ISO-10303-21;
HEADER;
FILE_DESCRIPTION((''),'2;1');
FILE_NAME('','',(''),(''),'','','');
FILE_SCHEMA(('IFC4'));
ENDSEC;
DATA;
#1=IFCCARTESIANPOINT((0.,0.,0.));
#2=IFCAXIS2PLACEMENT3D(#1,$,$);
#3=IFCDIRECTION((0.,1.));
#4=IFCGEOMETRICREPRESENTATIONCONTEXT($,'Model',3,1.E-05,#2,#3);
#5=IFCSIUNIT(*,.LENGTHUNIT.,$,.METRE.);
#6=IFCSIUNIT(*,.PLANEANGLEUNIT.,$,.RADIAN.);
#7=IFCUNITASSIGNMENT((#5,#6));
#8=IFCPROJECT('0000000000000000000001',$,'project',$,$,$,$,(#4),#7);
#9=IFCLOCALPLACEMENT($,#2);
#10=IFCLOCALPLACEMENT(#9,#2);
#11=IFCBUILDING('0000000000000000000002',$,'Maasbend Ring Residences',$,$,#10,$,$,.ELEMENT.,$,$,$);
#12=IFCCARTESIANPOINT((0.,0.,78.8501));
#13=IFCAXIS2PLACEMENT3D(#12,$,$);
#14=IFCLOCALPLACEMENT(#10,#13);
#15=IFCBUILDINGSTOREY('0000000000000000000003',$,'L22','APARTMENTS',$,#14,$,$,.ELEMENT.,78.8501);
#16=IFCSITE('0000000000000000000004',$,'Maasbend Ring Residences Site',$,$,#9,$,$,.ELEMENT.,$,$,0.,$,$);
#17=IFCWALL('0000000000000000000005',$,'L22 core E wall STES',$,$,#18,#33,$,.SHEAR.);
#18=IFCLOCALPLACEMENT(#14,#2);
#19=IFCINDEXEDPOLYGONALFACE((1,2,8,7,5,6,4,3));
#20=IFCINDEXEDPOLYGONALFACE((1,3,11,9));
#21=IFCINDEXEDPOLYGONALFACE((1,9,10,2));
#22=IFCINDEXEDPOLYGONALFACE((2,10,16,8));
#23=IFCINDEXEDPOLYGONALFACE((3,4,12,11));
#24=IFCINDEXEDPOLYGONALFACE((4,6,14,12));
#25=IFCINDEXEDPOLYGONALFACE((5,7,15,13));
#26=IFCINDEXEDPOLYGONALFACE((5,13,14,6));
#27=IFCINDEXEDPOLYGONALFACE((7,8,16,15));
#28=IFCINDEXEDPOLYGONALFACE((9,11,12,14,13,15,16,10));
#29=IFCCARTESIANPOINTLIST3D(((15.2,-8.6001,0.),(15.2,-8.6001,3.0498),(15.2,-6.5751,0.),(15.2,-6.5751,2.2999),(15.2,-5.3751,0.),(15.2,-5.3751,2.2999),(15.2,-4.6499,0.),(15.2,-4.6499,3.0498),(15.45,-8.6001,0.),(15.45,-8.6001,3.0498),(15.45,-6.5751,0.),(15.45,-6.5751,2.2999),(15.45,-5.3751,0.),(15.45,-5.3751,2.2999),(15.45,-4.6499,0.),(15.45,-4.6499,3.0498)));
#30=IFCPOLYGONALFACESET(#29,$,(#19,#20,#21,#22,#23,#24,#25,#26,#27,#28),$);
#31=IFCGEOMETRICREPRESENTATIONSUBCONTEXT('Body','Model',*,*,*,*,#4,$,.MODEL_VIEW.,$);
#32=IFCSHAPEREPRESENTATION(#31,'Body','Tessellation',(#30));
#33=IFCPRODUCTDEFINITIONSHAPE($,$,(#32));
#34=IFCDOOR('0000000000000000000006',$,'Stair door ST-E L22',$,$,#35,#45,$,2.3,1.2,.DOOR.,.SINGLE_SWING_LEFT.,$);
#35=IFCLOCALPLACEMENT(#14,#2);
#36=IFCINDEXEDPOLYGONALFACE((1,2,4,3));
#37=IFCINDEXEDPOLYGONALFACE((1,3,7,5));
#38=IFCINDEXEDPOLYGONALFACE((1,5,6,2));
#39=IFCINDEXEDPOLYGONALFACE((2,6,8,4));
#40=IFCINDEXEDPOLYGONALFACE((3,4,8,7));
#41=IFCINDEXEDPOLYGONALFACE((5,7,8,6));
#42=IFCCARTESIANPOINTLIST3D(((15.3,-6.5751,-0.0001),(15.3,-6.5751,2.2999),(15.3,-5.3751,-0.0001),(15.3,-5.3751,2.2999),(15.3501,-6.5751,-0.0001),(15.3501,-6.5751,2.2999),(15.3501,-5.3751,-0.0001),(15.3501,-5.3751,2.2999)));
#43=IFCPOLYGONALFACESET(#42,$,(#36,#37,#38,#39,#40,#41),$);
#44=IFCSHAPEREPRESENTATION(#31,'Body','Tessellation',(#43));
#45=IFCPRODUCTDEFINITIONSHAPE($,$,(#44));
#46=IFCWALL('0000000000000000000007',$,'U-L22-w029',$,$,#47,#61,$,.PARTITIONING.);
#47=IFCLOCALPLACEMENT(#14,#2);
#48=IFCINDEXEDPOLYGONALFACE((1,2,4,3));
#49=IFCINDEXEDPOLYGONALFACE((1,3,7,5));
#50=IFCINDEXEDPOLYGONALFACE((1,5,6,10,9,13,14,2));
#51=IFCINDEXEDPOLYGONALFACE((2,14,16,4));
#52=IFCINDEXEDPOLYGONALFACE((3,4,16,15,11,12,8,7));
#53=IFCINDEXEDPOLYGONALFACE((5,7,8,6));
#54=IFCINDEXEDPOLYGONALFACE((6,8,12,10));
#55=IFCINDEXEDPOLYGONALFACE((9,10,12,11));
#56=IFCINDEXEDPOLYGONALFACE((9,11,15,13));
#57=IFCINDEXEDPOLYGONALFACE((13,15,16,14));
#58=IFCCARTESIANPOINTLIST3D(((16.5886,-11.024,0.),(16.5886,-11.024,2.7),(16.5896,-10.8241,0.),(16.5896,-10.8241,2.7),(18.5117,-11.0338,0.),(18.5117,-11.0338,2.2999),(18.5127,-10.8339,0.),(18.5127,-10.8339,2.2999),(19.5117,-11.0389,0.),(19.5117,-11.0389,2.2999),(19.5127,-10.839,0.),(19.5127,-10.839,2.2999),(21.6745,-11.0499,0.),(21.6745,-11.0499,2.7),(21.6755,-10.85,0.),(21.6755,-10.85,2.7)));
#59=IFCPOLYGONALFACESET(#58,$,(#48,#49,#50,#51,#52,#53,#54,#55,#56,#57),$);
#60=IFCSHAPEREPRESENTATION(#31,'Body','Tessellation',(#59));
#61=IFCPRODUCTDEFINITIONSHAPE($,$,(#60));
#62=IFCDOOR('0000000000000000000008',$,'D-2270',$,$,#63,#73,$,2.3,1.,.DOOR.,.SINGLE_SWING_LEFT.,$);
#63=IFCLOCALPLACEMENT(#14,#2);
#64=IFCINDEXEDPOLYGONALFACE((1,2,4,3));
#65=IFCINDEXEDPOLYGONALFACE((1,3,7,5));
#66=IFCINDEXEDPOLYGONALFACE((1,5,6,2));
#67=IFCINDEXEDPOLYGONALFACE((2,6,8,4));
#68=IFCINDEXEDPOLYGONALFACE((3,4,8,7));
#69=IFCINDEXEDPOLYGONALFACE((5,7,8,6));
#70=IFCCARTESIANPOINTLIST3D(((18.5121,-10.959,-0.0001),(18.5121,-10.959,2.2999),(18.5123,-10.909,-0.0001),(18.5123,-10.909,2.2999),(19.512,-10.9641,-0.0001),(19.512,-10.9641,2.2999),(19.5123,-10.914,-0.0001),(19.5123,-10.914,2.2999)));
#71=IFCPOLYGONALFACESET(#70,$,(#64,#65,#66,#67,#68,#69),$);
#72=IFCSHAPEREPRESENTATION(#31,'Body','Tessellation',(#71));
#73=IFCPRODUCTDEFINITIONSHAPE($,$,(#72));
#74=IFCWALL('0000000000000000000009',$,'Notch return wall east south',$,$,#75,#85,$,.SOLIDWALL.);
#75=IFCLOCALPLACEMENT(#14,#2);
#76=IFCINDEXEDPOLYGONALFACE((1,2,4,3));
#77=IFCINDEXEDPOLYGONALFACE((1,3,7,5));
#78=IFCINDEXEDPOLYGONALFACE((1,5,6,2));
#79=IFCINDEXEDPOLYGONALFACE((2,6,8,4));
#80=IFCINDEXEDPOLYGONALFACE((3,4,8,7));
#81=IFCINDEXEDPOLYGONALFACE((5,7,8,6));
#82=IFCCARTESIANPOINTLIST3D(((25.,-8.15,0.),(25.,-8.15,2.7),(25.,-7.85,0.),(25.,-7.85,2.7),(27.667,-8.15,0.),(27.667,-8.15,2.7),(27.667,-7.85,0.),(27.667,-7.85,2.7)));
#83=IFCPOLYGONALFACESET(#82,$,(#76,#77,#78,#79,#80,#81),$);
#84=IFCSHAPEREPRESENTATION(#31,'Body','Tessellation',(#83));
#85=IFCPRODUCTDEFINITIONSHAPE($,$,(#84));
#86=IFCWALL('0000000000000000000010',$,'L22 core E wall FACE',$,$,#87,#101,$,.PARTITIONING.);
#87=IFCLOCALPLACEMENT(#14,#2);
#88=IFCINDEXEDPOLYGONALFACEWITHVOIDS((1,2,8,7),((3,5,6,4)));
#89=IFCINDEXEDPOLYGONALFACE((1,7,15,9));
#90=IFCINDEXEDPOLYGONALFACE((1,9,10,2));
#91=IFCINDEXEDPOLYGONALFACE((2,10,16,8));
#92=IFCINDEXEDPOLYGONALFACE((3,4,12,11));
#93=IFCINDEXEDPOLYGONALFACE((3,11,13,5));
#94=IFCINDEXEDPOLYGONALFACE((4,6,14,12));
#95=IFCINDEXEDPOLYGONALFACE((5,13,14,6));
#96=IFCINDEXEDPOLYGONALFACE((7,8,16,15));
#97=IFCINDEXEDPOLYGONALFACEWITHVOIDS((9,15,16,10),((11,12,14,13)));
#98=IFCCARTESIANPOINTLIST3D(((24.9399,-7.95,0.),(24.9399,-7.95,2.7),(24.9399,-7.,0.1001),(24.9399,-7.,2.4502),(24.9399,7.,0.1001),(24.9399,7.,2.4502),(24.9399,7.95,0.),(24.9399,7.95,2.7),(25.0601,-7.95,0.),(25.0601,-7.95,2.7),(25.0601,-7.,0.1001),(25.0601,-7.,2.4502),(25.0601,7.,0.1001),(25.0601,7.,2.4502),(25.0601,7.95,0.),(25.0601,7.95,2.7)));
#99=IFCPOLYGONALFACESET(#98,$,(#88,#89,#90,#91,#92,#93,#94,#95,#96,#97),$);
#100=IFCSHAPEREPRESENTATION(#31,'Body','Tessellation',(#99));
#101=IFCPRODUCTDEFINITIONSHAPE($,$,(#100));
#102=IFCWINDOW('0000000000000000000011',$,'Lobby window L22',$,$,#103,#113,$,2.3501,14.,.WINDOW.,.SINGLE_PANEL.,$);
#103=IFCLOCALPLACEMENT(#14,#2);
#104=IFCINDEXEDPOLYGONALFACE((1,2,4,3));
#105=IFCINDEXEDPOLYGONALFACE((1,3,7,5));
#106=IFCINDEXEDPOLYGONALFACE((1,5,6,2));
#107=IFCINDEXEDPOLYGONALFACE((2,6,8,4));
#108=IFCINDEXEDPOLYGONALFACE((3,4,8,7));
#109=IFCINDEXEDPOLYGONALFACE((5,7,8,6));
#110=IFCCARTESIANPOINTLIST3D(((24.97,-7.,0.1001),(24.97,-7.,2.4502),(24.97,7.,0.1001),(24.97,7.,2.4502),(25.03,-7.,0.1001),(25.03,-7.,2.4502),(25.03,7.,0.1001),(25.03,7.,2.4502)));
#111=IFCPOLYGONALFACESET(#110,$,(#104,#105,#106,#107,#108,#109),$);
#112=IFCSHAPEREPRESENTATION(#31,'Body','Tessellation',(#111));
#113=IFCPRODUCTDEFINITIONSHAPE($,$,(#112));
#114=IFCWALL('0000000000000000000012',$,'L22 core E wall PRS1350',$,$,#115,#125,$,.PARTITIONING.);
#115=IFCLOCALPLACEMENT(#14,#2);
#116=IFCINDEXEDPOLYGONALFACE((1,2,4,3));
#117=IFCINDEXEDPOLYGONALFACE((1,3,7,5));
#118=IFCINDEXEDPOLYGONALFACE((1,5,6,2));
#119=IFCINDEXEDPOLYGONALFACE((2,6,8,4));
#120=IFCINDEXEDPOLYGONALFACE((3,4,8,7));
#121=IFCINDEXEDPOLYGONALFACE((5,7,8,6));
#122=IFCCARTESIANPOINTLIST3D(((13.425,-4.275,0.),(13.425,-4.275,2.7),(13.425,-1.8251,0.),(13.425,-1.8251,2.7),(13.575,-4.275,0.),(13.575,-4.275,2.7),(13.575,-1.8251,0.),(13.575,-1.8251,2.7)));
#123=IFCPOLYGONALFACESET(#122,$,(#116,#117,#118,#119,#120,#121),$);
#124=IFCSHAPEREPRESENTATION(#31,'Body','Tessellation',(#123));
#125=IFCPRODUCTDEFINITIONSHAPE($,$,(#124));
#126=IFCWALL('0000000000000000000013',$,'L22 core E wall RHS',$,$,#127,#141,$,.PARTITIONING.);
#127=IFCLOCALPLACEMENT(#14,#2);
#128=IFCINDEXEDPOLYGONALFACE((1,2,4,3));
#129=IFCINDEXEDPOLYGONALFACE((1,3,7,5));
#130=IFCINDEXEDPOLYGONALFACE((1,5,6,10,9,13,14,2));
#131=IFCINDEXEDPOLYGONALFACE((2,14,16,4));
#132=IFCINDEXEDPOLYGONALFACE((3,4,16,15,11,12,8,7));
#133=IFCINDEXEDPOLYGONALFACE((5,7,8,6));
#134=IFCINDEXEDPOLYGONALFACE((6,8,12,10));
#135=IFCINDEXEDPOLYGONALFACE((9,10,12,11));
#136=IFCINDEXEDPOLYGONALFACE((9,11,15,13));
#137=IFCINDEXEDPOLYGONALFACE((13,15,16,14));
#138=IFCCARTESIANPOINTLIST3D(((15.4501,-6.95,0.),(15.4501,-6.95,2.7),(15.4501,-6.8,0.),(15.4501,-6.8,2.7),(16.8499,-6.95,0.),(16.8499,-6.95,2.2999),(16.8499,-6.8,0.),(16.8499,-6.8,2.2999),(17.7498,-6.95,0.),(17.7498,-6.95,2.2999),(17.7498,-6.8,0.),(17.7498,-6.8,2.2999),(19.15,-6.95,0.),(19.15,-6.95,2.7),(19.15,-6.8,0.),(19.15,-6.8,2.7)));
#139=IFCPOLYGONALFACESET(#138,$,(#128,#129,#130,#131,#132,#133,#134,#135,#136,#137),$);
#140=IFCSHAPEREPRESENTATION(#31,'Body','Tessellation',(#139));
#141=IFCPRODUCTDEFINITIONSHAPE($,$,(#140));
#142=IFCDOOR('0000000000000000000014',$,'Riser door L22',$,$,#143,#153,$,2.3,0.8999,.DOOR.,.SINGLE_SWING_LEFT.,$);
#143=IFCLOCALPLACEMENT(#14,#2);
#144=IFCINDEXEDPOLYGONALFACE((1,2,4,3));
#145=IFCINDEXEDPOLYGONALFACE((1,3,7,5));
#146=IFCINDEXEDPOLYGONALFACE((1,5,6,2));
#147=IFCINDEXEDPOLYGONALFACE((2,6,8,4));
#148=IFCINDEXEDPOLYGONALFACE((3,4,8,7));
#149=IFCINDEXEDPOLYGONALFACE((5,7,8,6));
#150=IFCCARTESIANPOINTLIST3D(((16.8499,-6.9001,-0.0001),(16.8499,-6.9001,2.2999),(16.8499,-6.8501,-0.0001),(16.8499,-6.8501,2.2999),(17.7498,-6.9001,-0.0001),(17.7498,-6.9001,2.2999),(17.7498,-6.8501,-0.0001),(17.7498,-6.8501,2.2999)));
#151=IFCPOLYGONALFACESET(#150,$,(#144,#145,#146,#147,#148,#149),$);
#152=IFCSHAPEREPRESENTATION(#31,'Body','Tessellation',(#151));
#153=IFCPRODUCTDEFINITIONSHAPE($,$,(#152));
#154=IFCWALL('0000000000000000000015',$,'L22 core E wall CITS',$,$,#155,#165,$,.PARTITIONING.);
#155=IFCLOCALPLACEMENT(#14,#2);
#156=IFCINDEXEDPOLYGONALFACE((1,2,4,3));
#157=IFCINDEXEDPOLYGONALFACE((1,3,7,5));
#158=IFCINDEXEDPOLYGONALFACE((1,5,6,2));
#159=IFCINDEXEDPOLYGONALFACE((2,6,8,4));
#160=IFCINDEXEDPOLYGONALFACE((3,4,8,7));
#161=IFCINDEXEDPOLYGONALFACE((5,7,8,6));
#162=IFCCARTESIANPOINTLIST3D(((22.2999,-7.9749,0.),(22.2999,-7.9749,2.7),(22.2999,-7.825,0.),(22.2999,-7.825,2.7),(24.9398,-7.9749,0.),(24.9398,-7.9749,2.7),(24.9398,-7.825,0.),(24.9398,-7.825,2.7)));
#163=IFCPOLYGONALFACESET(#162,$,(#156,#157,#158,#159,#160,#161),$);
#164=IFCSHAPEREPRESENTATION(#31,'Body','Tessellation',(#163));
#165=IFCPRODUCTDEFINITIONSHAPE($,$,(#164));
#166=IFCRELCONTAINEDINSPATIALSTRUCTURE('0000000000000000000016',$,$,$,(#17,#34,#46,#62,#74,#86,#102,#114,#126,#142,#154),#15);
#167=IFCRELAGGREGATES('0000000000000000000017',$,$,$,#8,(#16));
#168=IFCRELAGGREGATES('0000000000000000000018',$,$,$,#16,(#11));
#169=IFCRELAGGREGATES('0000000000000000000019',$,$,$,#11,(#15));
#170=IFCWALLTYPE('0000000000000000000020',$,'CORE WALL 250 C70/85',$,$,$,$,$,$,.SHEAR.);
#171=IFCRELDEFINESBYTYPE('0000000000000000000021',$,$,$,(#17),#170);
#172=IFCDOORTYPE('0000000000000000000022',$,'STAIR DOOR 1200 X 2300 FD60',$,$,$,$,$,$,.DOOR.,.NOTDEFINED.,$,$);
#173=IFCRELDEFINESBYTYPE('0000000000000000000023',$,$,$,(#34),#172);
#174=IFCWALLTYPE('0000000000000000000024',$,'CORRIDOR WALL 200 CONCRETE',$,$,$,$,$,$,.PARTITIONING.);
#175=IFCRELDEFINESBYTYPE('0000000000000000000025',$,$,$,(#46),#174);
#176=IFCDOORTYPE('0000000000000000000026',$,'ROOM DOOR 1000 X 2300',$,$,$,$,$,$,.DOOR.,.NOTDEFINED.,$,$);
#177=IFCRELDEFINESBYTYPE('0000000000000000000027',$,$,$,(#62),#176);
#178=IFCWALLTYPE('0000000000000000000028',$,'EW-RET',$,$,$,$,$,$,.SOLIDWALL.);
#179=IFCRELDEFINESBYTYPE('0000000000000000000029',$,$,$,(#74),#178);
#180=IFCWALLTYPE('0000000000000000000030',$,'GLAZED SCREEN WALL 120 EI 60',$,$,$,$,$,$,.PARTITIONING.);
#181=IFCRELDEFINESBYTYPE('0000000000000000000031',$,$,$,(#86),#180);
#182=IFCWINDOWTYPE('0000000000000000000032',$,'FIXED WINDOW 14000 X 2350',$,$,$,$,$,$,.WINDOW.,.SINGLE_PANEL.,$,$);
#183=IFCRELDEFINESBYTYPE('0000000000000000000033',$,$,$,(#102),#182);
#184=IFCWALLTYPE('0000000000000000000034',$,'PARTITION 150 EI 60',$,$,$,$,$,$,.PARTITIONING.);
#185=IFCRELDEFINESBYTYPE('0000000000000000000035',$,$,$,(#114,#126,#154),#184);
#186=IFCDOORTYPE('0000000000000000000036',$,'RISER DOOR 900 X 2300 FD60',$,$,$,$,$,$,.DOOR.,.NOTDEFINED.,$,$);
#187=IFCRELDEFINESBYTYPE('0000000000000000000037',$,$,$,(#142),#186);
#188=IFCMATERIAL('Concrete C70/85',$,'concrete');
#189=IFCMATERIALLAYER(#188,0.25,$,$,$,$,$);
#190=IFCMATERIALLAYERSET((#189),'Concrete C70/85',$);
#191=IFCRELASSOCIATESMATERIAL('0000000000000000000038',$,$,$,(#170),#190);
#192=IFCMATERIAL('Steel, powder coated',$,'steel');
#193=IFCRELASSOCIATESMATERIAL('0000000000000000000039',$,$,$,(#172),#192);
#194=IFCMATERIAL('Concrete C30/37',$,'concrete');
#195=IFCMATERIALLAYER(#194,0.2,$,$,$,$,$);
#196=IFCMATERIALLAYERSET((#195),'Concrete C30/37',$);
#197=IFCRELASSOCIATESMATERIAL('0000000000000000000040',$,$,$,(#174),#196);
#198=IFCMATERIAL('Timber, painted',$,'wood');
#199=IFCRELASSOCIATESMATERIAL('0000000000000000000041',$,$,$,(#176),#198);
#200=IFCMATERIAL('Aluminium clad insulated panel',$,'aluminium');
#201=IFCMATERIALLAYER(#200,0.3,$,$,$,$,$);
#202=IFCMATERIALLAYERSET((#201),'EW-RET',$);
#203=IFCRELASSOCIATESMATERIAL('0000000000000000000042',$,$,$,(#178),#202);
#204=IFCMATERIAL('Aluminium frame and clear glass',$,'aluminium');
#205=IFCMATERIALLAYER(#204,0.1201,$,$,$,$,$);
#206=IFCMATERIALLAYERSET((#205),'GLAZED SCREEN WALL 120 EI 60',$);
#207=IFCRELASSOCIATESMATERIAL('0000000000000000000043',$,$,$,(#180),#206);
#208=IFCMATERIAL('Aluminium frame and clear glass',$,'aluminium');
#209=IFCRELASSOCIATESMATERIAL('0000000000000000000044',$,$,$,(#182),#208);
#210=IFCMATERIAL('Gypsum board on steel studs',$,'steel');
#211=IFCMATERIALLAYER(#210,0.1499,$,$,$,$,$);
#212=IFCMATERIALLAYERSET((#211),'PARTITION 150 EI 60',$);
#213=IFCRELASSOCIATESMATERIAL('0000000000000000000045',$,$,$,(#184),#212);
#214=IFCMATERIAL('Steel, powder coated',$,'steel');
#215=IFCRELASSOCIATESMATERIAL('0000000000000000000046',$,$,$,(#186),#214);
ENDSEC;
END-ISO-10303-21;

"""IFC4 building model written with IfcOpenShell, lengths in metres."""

from ifc_helpers import new_model, si_unit, direction, frame, frame_2d, origin, place, context, subcontext, project, spatial, rectangle, extrude, material, layer, layer_set, type_object, element, fill, save


model = new_model("IFC4")

# Units and contexts
model_context = context("Model", 3, precision=1e-05, world=origin(), true_north=direction((0.0, 1.0)))
body_context = subcontext(model_context, "Body", "Model", "MODEL_VIEW")
ifc_project = project(units=[si_unit("LENGTHUNIT", "METRE"), si_unit("PLANEANGLEUNIT", "RADIAN")], contexts=[model_context])

# Site, building, storey
site_placement = place(None, origin())
site = spatial("IfcSite", under=ifc_project, at=site_placement, Name="Maasbend Ring Residences Site", CompositionType="ELEMENT", RefElevation=0.0)
building_placement = place(site_placement, origin())
building = spatial("IfcBuilding", under=site, at=building_placement, Name="Maasbend Ring Residences", CompositionType="ELEMENT")
storey_placement = place(building_placement, frame((0.0, 0.0, 78.8501)))
storey = spatial("IfcBuildingStorey", under=building, at=storey_placement, Name="L22", Description="APARTMENTS", CompositionType="ELEMENT", Elevation=78.8501)

# Shared definitions
ifc_material_1 = material(Name="Concrete C70/85", Category="concrete")
ifc_layer_1 = layer(ifc_material_1, 0.25)
ifc_layer_set_1 = layer_set([ifc_layer_1], Name="Concrete C70/85")
wall_type_1 = type_object("IfcWallType", Name="CORE WALL 250 C70/85", PredefinedType="SHEAR", material=ifc_layer_set_1)

# Walls, openings, doors
wall_1_placement = place(storey_placement, frame((15.325, -8.6001, 0.0), z_axis=(0.0, 0.0, 1.0), x_axis=(0.0, 1.0, 0.0)))
wall_1 = element("IfcWall", 1, at=wall_1_placement, inside=storey, type_object=wall_type_1, Name="L22 core E wall STES", PredefinedType="SHEAR", context=body_context, shape_type="SweptSolid", body=[
    extrude(rectangle(XDim=3.9502, YDim=0.25, at=frame_2d((1.9751, 0.0))), origin(), (0.0, 0.0, 1.0), 3.0498),
])
opening_1_placement = place(wall_1_placement, frame((2.0249, 0.0, 0.0)))
opening_1 = element("IfcOpeningElement", 2, at=opening_1_placement, cuts=wall_1, PredefinedType="OPENING", context=body_context, shape_type="SweptSolid", body=[
    extrude(rectangle(XDim=1.2, YDim=2.3, at=frame_2d((0.6001, 1.1499))), frame((0.0, 0.135, 0.0), z_axis=(0.0, -1.0, 0.0), x_axis=(1.0, 0.0, 0.0)), (0.0, 0.0, 1.0), 0.27),
])
ifc_material_2 = material(Name="Steel, powder coated", Category="steel")
door_type_1 = type_object("IfcDoorType", Name="STAIR DOOR 1200 X 2300 FD60", OperationType="NOTDEFINED", PredefinedType="DOOR", material=ifc_material_2)
door_1_placement = place(opening_1_placement, origin())
door_1 = element("IfcDoor", 3, at=door_1_placement, inside=storey, type_object=door_type_1, Name="Stair door ST-E L22", OperationType="SINGLE_SWING_LEFT", OverallHeight=2.3, OverallWidth=1.2, PredefinedType="DOOR", context=body_context, shape_type="SweptSolid", body=[
    extrude(rectangle(XDim=1.2, YDim=2.3, at=frame_2d((0.6001, 1.1499))), frame((0.0, 0.0249, 0.0), z_axis=(0.0, -1.0, 0.0), x_axis=(1.0, 0.0, 0.0)), (0.0, 0.0, 1.0), 0.05),
])
fill(opening_1, door_1)
ifc_material_3 = material(Name="Concrete C30/37", Category="concrete")
ifc_layer_2 = layer(ifc_material_3, 0.2)
ifc_layer_set_2 = layer_set([ifc_layer_2], Name="Concrete C30/37")
wall_type_2 = type_object("IfcWallType", Name="CORRIDOR WALL 200 CONCRETE", PredefinedType="PARTITIONING", material=ifc_layer_set_2)
wall_2_placement = place(storey_placement, frame((16.5891, -10.9241, 0.0), z_axis=(0.0, 0.0, 1.0), x_axis=(0.999987, -0.005088, 0.0)))
wall_2 = element("IfcWall", 4, at=wall_2_placement, inside=storey, type_object=wall_type_2, Name="U-L22-w029", PredefinedType="PARTITIONING", context=body_context, shape_type="SweptSolid", body=[
    extrude(rectangle(XDim=5.0859, YDim=0.2, at=frame_2d((2.543, 0.0))), origin(), (0.0, 0.0, 1.0), 2.7),
])
opening_2_placement = place(wall_2_placement, frame((1.9231, 0.0, 0.0)))
opening_2 = element("IfcOpeningElement", 5, at=opening_2_placement, cuts=wall_2, PredefinedType="OPENING", context=body_context, shape_type="SweptSolid", body=[
    extrude(rectangle(XDim=1.0, YDim=2.3, at=frame_2d((0.5, 1.1499))), frame((0.0, 0.1099, 0.0), z_axis=(0.0, -1.0, 0.0), x_axis=(1.0, 0.0, 0.0)), (0.0, 0.0, 1.0), 0.22),
])
ifc_material_4 = material(Name="Timber, painted", Category="wood")
door_type_2 = type_object("IfcDoorType", Name="ROOM DOOR 1000 X 2300", OperationType="NOTDEFINED", PredefinedType="DOOR", material=ifc_material_4)
door_2_placement = place(opening_2_placement, origin())
door_2 = element("IfcDoor", 6, at=door_2_placement, inside=storey, type_object=door_type_2, Name="D-2270", OperationType="SINGLE_SWING_LEFT", OverallHeight=2.3, OverallWidth=1.0, PredefinedType="DOOR", context=body_context, shape_type="SweptSolid", body=[
    extrude(rectangle(XDim=1.0, YDim=2.3, at=frame_2d((0.5, 1.1499))), frame((0.0, 0.0249, 0.0), z_axis=(0.0, -1.0, 0.0), x_axis=(1.0, 0.0, 0.0)), (0.0, 0.0, 1.0), 0.05),
])
fill(opening_2, door_2)

# Wall
ifc_material_5 = material(Name="Aluminium clad insulated panel", Category="aluminium")
ifc_layer_3 = layer(ifc_material_5, 0.3)
ifc_layer_set_3 = layer_set([ifc_layer_3], Name="EW-RET")
wall_type_3 = type_object("IfcWallType", Name="EW-RET", PredefinedType="SOLIDWALL", material=ifc_layer_set_3)
wall_3_placement = place(storey_placement, frame((25.0, -8.0, 0.0), z_axis=(0.0, 0.0, 1.0), x_axis=(1.0, 0.0, 0.0)))
element("IfcWall", 7, at=wall_3_placement, inside=storey, type_object=wall_type_3, Name="Notch return wall east south", PredefinedType="SOLIDWALL", context=body_context, shape_type="SweptSolid", body=[
    extrude(rectangle(XDim=2.667, YDim=0.3, at=frame_2d((1.3335, 0.0))), origin(), (0.0, 0.0, 1.0), 2.7),
])

# Wall, opening, window
ifc_material_6 = material(Name="Aluminium frame and clear glass", Category="aluminium")
ifc_layer_4 = layer(ifc_material_6, 0.1201)
ifc_layer_set_4 = layer_set([ifc_layer_4], Name="GLAZED SCREEN WALL 120 EI 60")
wall_type_4 = type_object("IfcWallType", Name="GLAZED SCREEN WALL 120 EI 60", PredefinedType="PARTITIONING", material=ifc_layer_set_4)
wall_4_placement = place(storey_placement, frame((25.0, -7.95, 0.0), z_axis=(0.0, 0.0, 1.0), x_axis=(0.0, 1.0, 0.0)))
wall_4 = element("IfcWall", 8, at=wall_4_placement, inside=storey, type_object=wall_type_4, Name="L22 core E wall FACE", PredefinedType="PARTITIONING", context=body_context, shape_type="SweptSolid", body=[
    extrude(rectangle(XDim=15.8999, YDim=0.1201, at=frame_2d((7.95, 0.0))), origin(), (0.0, 0.0, 1.0), 2.7),
])
opening_3_placement = place(wall_4_placement, frame((0.95, 0.0, 0.1001)))
opening_3 = element("IfcOpeningElement", 9, at=opening_3_placement, cuts=wall_4, PredefinedType="OPENING", context=body_context, shape_type="SweptSolid", body=[
    extrude(rectangle(XDim=14.0, YDim=2.3501, at=frame_2d((7.0, 1.175))), frame((0.0, 0.0701, 0.0), z_axis=(0.0, -1.0, 0.0), x_axis=(1.0, 0.0, 0.0)), (0.0, 0.0, 1.0), 0.1401),
])
ifc_material_7 = material(Name="Aluminium frame and clear glass", Category="aluminium")
window_type = type_object("IfcWindowType", Name="FIXED WINDOW 14000 X 2350", PartitioningType="SINGLE_PANEL", PredefinedType="WINDOW", material=ifc_material_7)
window_placement = place(opening_3_placement, origin())
window = element("IfcWindow", 10, at=window_placement, inside=storey, type_object=window_type, Name="Lobby window L22", OverallHeight=2.3501, OverallWidth=14.0, PartitioningType="SINGLE_PANEL", PredefinedType="WINDOW", context=body_context, shape_type="SweptSolid", body=[
    extrude(rectangle(XDim=14.0, YDim=2.3501, at=frame_2d((7.0, 1.175))), frame((0.0, 0.03, 0.0), z_axis=(0.0, -1.0, 0.0), x_axis=(1.0, 0.0, 0.0)), (0.0, 0.0, 1.0), 0.0601),
])
fill(opening_3, window)

# Wall
ifc_material_8 = material(Name="Gypsum board on steel studs", Category="steel")
ifc_layer_5 = layer(ifc_material_8, 0.1499)
ifc_layer_set_5 = layer_set([ifc_layer_5], Name="PARTITION 150 EI 60")
wall_type_5 = type_object("IfcWallType", Name="PARTITION 150 EI 60", PredefinedType="PARTITIONING", material=ifc_layer_set_5)
wall_5_placement = place(storey_placement, frame((13.5, -1.825, 0.0), z_axis=(0.0, 0.0, 1.0), x_axis=(0.0, -1.0, 0.0)))
element("IfcWall", 11, at=wall_5_placement, inside=storey, type_object=wall_type_5, Name="L22 core E wall PRS1350", PredefinedType="PARTITIONING", context=body_context, shape_type="SweptSolid", body=[
    extrude(rectangle(XDim=2.45, YDim=0.1499, at=frame_2d((1.2251, 0.0))), origin(), (0.0, 0.0, 1.0), 2.7),
])

# Wall, opening, door
wall_6_placement = place(storey_placement, frame((15.45, -6.875, 0.0), z_axis=(0.0, 0.0, 1.0), x_axis=(1.0, 0.0, 0.0)))
wall_6 = element("IfcWall", 12, at=wall_6_placement, inside=storey, type_object=wall_type_5, Name="L22 core E wall RHS", PredefinedType="PARTITIONING", context=body_context, shape_type="SweptSolid", body=[
    extrude(rectangle(XDim=3.7, YDim=0.1499, at=frame_2d((1.8501, 0.0))), origin(), (0.0, 0.0, 1.0), 2.7),
])
opening_4_placement = place(wall_6_placement, frame((1.3999, 0.0, 0.0)))
opening_4 = element("IfcOpeningElement", 13, at=opening_4_placement, cuts=wall_6, PredefinedType="OPENING", context=body_context, shape_type="SweptSolid", body=[
    extrude(rectangle(XDim=0.8999, YDim=2.3, at=frame_2d((0.45, 1.1499))), frame((0.0, 0.085, 0.0), z_axis=(0.0, -1.0, 0.0), x_axis=(1.0, 0.0, 0.0)), (0.0, 0.0, 1.0), 0.1699),
])
ifc_material_9 = material(Name="Steel, powder coated", Category="steel")
door_type_3 = type_object("IfcDoorType", Name="RISER DOOR 900 X 2300 FD60", OperationType="NOTDEFINED", PredefinedType="DOOR", material=ifc_material_9)
door_3_placement = place(opening_4_placement, origin())
door_3 = element("IfcDoor", 14, at=door_3_placement, inside=storey, type_object=door_type_3, Name="Riser door L22", OperationType="SINGLE_SWING_LEFT", OverallHeight=2.3, OverallWidth=0.8999, PredefinedType="DOOR", context=body_context, shape_type="SweptSolid", body=[
    extrude(rectangle(XDim=0.8999, YDim=2.3, at=frame_2d((0.45, 1.1499))), frame((0.0, 0.0249, 0.0), z_axis=(0.0, -1.0, 0.0), x_axis=(1.0, 0.0, 0.0)), (0.0, 0.0, 1.0), 0.05),
])
fill(opening_4, door_3)

# Wall
wall_7_placement = place(storey_placement, frame((22.3, -7.8999, 0.0), z_axis=(0.0, 0.0, 1.0), x_axis=(1.0, 0.0, 0.0)))
element("IfcWall", 15, at=wall_7_placement, inside=storey, type_object=wall_type_5, Name="L22 core E wall CITS", PredefinedType="PARTITIONING", context=body_context, shape_type="SweptSolid", body=[
    extrude(rectangle(XDim=2.6399, YDim=0.1499, at=frame_2d((1.3198, 0.0))), origin(), (0.0, 0.0, 1.0), 2.7),
])

save(model, "model.ifc")
